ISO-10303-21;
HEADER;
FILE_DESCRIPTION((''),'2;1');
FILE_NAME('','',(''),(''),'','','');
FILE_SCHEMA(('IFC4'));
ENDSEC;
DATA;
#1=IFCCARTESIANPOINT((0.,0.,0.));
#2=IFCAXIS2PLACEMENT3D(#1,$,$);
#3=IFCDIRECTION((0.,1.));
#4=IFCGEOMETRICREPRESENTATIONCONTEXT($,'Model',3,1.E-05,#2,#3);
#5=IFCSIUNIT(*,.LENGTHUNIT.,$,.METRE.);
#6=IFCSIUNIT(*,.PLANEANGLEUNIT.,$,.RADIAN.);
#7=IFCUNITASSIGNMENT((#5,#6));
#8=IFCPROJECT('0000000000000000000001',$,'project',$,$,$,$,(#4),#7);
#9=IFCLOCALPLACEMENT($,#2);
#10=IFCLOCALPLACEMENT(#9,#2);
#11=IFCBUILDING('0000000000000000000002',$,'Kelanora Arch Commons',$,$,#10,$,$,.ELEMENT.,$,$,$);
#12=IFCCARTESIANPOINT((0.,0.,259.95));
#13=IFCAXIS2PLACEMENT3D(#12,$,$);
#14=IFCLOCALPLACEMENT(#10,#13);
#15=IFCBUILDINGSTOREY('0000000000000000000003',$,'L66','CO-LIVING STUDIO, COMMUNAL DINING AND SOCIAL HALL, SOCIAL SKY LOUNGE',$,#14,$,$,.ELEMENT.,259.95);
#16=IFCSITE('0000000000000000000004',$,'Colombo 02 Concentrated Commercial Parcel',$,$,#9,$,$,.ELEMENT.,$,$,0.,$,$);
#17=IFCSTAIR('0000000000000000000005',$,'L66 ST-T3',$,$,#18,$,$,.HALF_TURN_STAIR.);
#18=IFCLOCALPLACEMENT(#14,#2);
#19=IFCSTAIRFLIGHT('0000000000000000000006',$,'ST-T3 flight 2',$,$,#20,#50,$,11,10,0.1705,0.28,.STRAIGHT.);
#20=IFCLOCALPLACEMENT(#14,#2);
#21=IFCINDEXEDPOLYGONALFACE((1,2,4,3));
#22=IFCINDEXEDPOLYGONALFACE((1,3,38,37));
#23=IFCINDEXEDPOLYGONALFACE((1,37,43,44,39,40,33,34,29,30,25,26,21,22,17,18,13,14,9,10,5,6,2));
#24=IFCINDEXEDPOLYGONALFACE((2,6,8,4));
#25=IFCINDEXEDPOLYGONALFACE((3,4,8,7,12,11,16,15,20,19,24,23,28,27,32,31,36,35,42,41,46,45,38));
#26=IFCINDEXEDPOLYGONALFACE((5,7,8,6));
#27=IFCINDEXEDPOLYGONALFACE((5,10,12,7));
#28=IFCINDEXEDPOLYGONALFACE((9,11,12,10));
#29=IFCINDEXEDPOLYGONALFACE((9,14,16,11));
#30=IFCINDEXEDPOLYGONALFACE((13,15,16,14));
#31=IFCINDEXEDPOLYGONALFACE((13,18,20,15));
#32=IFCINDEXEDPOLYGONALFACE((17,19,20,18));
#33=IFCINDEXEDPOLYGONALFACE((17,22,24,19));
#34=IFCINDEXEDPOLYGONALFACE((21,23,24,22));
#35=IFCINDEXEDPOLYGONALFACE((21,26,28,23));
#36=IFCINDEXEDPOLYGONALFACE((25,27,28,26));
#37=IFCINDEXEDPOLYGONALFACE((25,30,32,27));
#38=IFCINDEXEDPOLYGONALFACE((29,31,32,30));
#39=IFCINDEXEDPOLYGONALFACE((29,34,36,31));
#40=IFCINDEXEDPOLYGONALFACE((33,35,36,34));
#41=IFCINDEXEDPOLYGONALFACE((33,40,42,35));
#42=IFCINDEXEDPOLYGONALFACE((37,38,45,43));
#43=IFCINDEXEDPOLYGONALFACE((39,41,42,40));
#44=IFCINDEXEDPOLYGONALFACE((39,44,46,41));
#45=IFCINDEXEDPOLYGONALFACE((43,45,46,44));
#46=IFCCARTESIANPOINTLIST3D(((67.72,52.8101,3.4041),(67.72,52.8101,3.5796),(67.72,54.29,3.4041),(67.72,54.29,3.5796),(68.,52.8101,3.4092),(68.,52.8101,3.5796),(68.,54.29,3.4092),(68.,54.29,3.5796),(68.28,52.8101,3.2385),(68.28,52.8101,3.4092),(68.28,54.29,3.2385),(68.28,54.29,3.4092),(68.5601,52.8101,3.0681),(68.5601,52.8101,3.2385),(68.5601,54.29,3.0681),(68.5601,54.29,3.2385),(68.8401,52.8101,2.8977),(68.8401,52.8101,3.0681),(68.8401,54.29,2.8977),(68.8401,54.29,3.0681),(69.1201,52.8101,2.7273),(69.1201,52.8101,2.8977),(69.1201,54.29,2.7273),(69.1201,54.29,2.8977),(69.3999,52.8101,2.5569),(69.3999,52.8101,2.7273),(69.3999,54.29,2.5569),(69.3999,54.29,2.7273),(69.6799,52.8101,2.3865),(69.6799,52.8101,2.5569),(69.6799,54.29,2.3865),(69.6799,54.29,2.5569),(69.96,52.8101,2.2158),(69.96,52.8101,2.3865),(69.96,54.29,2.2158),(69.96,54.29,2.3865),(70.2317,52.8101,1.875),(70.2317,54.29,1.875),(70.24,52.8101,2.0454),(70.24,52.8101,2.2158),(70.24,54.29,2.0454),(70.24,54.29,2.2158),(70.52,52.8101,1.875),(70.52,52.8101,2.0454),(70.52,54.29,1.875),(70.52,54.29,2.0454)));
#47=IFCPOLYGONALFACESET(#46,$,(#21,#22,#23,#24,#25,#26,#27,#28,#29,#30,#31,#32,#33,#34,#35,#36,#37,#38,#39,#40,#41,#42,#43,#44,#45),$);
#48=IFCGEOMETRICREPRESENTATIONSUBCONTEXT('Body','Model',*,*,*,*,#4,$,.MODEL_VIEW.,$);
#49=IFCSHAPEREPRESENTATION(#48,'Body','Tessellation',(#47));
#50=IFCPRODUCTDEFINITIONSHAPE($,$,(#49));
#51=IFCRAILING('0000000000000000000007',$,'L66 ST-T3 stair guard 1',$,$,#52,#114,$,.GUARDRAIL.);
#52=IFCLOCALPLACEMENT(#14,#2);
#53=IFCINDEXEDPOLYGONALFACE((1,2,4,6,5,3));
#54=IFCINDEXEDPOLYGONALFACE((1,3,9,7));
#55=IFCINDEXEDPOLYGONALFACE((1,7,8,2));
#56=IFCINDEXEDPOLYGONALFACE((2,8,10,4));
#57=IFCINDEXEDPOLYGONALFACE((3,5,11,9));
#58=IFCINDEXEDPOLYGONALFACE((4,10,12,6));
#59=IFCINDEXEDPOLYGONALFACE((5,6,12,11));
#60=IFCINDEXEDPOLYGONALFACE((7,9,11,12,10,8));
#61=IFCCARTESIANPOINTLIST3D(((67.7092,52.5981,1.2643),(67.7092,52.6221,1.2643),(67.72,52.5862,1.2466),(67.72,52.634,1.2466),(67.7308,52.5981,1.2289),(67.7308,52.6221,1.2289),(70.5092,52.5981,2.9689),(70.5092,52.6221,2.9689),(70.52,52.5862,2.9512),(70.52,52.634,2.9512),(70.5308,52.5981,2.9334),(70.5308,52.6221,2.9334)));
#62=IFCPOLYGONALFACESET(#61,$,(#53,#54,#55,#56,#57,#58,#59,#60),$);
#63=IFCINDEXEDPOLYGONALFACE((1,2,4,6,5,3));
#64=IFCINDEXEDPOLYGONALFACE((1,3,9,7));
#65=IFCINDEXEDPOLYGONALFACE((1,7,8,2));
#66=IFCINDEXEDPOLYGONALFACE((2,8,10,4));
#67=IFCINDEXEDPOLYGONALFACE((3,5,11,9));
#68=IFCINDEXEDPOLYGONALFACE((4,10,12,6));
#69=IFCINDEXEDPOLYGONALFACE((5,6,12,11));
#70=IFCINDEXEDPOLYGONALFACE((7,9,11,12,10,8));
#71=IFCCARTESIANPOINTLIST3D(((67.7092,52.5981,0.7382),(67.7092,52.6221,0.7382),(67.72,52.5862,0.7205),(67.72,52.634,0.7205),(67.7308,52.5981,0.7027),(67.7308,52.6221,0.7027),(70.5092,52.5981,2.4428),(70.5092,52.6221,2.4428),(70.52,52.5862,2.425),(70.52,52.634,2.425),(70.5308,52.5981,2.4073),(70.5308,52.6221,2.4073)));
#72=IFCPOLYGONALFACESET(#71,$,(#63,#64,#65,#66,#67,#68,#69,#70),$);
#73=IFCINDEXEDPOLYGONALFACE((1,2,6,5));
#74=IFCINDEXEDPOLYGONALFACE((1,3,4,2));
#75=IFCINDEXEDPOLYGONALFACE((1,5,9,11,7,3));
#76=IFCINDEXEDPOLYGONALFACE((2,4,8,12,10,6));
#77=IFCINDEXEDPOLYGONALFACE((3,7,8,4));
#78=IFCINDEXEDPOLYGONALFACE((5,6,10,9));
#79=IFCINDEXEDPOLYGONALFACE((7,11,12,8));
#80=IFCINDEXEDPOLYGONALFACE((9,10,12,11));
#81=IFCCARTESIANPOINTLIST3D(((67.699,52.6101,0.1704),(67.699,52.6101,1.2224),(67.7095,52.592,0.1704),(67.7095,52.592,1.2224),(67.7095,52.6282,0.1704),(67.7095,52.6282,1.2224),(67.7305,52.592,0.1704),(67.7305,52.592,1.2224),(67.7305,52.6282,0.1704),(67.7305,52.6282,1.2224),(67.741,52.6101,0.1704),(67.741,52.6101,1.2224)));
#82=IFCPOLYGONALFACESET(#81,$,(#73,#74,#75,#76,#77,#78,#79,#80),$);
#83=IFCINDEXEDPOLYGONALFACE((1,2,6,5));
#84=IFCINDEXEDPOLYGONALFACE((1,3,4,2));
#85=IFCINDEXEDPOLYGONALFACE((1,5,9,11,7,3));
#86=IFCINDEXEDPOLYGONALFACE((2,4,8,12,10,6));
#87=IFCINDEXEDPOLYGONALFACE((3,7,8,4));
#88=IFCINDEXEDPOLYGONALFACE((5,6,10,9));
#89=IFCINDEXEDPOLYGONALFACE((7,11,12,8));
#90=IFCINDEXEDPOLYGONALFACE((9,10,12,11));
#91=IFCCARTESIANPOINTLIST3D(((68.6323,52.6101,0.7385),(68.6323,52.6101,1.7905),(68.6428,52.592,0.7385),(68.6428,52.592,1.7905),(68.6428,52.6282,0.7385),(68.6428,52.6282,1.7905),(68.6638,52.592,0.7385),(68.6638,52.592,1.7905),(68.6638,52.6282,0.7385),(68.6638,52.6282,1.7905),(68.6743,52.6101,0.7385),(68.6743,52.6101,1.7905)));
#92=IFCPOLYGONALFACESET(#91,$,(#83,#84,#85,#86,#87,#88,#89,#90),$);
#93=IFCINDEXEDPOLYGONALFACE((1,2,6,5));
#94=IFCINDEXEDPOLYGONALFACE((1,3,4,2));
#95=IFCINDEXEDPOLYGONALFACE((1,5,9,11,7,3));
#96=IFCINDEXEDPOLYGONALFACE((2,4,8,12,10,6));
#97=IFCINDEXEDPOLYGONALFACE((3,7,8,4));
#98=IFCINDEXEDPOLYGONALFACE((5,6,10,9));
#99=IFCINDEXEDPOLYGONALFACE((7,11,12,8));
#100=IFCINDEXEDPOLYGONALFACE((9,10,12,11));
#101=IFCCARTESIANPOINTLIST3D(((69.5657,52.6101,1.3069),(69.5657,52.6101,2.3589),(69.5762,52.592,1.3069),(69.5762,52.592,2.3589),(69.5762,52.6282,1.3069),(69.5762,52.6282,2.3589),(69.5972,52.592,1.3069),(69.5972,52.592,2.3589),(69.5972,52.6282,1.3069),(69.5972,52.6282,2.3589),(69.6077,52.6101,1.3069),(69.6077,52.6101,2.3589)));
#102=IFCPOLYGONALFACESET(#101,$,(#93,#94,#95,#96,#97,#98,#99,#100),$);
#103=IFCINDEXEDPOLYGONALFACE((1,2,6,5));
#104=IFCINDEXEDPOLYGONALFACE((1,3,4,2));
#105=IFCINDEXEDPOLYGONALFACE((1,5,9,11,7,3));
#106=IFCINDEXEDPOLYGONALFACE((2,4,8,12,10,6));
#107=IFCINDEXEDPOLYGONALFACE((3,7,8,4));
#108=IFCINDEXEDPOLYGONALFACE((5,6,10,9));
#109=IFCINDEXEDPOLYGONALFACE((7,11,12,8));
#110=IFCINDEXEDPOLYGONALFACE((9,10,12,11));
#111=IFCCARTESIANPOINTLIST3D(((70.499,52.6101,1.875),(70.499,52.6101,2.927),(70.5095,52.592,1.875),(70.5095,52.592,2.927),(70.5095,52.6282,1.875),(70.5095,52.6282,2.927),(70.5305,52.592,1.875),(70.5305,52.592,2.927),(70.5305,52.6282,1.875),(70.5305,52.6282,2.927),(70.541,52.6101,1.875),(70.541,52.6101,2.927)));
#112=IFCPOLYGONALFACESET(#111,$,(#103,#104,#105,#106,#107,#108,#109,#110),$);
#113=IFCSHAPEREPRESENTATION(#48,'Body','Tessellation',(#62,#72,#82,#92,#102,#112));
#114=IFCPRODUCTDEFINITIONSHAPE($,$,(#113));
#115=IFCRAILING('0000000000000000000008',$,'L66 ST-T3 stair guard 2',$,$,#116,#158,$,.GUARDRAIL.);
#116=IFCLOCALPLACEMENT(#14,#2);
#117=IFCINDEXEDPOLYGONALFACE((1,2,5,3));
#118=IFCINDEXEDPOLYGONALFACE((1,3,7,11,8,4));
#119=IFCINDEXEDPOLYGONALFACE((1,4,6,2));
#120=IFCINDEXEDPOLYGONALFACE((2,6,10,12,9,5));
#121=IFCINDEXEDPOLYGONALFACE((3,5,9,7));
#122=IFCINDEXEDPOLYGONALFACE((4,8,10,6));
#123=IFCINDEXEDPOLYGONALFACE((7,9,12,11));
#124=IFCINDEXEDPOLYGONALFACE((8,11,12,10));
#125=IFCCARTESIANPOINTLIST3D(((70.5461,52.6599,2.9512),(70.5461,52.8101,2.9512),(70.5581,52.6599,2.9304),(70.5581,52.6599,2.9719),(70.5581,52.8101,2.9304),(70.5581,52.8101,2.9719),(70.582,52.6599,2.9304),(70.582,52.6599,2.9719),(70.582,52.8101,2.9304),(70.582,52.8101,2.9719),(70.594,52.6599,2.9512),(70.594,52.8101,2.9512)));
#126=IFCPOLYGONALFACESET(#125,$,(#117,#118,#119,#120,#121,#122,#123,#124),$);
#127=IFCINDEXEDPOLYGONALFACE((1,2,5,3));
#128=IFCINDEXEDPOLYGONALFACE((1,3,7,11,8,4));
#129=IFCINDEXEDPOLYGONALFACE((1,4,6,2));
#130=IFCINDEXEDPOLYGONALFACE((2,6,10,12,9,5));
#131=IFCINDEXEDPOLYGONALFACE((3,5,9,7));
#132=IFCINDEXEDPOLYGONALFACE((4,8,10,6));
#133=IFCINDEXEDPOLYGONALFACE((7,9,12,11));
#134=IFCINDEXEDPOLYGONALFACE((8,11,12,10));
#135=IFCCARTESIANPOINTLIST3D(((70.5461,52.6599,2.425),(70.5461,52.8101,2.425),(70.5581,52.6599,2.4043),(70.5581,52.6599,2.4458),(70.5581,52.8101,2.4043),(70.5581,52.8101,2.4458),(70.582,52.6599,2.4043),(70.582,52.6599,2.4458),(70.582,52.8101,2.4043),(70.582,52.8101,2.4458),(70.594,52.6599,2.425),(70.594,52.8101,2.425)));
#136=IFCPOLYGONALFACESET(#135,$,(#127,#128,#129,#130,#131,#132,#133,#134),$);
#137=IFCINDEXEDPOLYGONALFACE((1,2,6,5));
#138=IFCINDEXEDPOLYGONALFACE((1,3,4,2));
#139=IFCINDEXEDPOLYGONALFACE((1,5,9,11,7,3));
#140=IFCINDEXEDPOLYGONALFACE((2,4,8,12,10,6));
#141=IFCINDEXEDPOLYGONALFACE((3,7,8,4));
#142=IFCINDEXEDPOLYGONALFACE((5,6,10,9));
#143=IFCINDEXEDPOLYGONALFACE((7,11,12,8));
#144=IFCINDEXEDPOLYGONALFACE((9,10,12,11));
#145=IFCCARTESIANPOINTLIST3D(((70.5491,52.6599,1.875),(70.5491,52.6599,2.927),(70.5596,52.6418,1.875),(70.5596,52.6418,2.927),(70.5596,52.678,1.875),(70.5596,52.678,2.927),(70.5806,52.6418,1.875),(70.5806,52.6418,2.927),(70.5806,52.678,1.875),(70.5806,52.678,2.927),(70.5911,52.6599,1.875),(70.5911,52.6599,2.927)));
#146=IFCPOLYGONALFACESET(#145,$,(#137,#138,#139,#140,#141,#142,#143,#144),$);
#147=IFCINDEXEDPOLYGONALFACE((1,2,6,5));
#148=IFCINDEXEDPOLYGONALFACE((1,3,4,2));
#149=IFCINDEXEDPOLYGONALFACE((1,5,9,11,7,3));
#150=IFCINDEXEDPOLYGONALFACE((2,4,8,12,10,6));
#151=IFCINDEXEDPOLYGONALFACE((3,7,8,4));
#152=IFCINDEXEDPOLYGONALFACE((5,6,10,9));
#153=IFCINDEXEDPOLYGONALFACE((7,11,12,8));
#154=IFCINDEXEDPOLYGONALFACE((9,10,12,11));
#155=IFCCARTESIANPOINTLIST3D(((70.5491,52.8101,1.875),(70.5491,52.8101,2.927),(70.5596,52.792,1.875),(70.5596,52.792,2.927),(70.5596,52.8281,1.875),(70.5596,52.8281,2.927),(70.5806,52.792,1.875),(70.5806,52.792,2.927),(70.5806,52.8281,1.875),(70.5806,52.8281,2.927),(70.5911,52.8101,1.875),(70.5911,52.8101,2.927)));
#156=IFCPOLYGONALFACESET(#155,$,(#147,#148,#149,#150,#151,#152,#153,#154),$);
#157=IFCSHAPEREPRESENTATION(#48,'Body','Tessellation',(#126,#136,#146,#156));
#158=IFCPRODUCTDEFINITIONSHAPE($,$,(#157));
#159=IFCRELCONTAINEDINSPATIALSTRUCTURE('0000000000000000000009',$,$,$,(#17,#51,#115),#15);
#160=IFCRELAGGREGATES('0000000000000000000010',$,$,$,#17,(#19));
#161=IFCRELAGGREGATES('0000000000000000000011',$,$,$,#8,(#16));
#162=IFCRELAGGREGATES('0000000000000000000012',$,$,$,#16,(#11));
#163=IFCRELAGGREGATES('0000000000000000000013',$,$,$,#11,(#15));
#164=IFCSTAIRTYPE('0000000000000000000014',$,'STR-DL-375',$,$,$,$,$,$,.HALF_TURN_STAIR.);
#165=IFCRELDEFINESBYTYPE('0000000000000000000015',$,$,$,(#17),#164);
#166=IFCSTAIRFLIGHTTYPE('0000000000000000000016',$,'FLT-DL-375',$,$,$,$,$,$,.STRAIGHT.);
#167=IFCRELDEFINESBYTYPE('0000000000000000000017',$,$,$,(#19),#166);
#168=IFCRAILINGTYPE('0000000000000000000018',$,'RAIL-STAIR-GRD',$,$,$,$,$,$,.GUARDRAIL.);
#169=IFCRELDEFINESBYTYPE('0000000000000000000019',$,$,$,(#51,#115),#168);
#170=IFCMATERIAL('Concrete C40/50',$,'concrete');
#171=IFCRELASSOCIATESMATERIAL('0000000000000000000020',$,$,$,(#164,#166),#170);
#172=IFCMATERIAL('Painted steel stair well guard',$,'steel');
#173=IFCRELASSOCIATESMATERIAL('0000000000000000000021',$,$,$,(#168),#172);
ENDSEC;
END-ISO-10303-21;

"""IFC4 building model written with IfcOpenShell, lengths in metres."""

from ifc_helpers import new_model, si_unit, direction, frame, origin, place, context, subcontext, project, spatial, polyline, outline, extrude, material, type_object, element, aggregate, save


model = new_model("IFC4")

# Units and contexts
model_context = context("Model", 3, precision=1e-05, world=origin(), true_north=direction((0.0, 1.0)))
body_context = subcontext(model_context, "Body", "Model", "MODEL_VIEW")
ifc_project = project(units=[si_unit("LENGTHUNIT", "METRE"), si_unit("PLANEANGLEUNIT", "RADIAN")], contexts=[model_context])

# Site, building, storey
site_placement = place(None, origin())
site = spatial("IfcSite", under=ifc_project, at=site_placement, Name="Colombo 02 Concentrated Commercial Parcel", CompositionType="ELEMENT", RefElevation=0.0)
building_placement = place(site_placement, origin())
building = spatial("IfcBuilding", under=site, at=building_placement, Name="Kelanora Arch Commons", CompositionType="ELEMENT")
storey_placement = place(building_placement, frame((0.0, 0.0, 259.95)))
storey = spatial("IfcBuildingStorey", under=building, at=storey_placement, Name="L66", Description="CO-LIVING STUDIO, COMMUNAL DINING AND SOCIAL HALL, SOCIAL SKY LOUNGE", CompositionType="ELEMENT", Elevation=259.95)

# Shared definitions
ifc_material_1 = material(Name="Concrete C40/50", Category="concrete")

# Stair, stair flight
stair_type = type_object("IfcStairType", Name="STR-DL-375", PredefinedType="HALF_TURN_STAIR", material=ifc_material_1)
stair_placement = place(storey_placement, origin())
stair = element("IfcStair", 1, at=stair_placement, inside=storey, type_object=stair_type, Name="L66 ST-T3", PredefinedType="HALF_TURN_STAIR")
stair_flight_type = type_object("IfcStairFlightType", Name="FLT-DL-375", PredefinedType="STRAIGHT", material=ifc_material_1)
stair_flight_1_placement = place(storey_placement, frame((70.52, 53.55, 1.875), z_axis=(0.0, 0.0, 1.0), x_axis=(-1.0, 0.0, 0.0)))
stair_flight_1 = element("IfcStairFlight", 2, at=stair_flight_1_placement, type_object=stair_flight_type, Name="ST-T3 flight 2", NumberOfRisers=11, NumberOfTreads=10, PredefinedType="STRAIGHT", RiserHeight=0.1705, TreadLength=0.28, context=body_context, shape_type="SweptSolid", body=[
    extrude(outline(polyline([(0.0, 0.0), (0.0, 0.1704), (0.28, 0.1704), (0.28, 0.3408), (0.5601, 0.3408), (0.5601, 0.5115), (0.8401, 0.5115), (0.8401, 0.6819), (1.1201, 0.6819), (1.1201, 0.8523), (1.3999, 0.8523), (1.3999, 1.0227), (1.6799, 1.0227), (1.6799, 1.1931), (1.96, 1.1931), (1.96, 1.3635), (2.24, 1.3635), (2.24, 1.5342), (2.52, 1.5342), (2.52, 1.7046), (2.8, 1.7046), (2.8, 1.875), (2.8, 1.5291), (0.2883, 0.0), (0.0, 0.0)])), frame((0.0, 0.74, 0.0), z_axis=(0.0, -1.0, 0.0), x_axis=(1.0, 0.0, 0.0)), (0.0, 0.0, 1.0), 1.48),
])
aggregate(stair, [stair_flight_1])

# Railings
ifc_material_2 = material(Name="Painted steel stair well guard", Category="steel")
railing_type_1 = type_object("IfcRailingType", Name="RAIL-STAIR-GRD", PredefinedType="GUARDRAIL", material=ifc_material_2)
railing_1_placement = place(storey_placement, frame((67.72, 52.6101, 0.1704)))
element("IfcRailing", 3, at=railing_1_placement, inside=storey, type_object=railing_type_1, Name="L66 ST-T3 stair guard 1", PredefinedType="GUARDRAIL", context=body_context, shape_type="SweptSolid", body=[
    extrude(outline(polyline([(0.0239, 0.0), (0.012, 0.0208), (-0.012, 0.0208), (-0.0239, 0.0), (-0.012, -0.0208), (0.012, -0.0208), (0.0239, 0.0)])), frame((0.0, 0.0, 1.0762), z_axis=(0.85417, 0.0, 0.519994), x_axis=(0.0, 1.0, 0.0)), (0.0, 0.0, 1.0), 3.2781),
    extrude(outline(polyline([(0.0239, 0.0), (0.012, 0.0208), (-0.012, 0.0208), (-0.0239, 0.0), (-0.012, -0.0208), (0.012, -0.0208), (0.0239, 0.0)])), frame((0.0, 0.0, 0.55), z_axis=(0.85417, 0.0, 0.519994), x_axis=(0.0, 1.0, 0.0)), (0.0, 0.0, 1.0), 3.2781),
    extrude(outline(polyline([(0.021, 0.0), (0.0105, 0.0181), (-0.0105, 0.0181), (-0.021, 0.0), (-0.0105, -0.0181), (0.0105, -0.0181), (0.021, 0.0)])), origin(), (0.0, 0.0, 1.0), 1.052),
    extrude(outline(polyline([(0.021, 0.0), (0.0105, 0.0181), (-0.0105, 0.0181), (-0.021, 0.0), (-0.0105, -0.0181), (0.0105, -0.0181), (0.021, 0.0)])), frame((0.9333, 0.0, 0.5681)), (0.0, 0.0, 1.0), 1.052),
    extrude(outline(polyline([(0.021, 0.0), (0.0105, 0.0181), (-0.0105, 0.0181), (-0.021, 0.0), (-0.0105, -0.0181), (0.0105, -0.0181), (0.021, 0.0)])), frame((1.8667, 0.0, 1.1365)), (0.0, 0.0, 1.0), 1.052),
    extrude(outline(polyline([(0.021, 0.0), (0.0105, 0.0181), (-0.0105, 0.0181), (-0.021, 0.0), (-0.0105, -0.0181), (0.0105, -0.0181), (0.021, 0.0)])), frame((2.8, 0.0, 1.7046)), (0.0, 0.0, 1.0), 1.052),
])
railing_2_placement = place(storey_placement, frame((70.5701, 52.6599, 1.875)))
element("IfcRailing", 4, at=railing_2_placement, inside=storey, type_object=railing_type_1, Name="L66 ST-T3 stair guard 2", PredefinedType="GUARDRAIL", context=body_context, shape_type="SweptSolid", body=[
    extrude(outline(polyline([(0.0239, 0.0), (0.012, 0.0208), (-0.012, 0.0208), (-0.0239, 0.0), (-0.012, -0.0208), (0.012, -0.0208), (0.0239, 0.0)])), frame((0.0, 0.0, 1.0762), z_axis=(0.0, 1.0, 0.0), x_axis=(-1.0, 0.0, 0.0)), (0.0, 0.0, 1.0), 0.1501),
    extrude(outline(polyline([(0.0239, 0.0), (0.012, 0.0208), (-0.012, 0.0208), (-0.0239, 0.0), (-0.012, -0.0208), (0.012, -0.0208), (0.0239, 0.0)])), frame((0.0, 0.0, 0.55), z_axis=(0.0, 1.0, 0.0), x_axis=(-1.0, 0.0, 0.0)), (0.0, 0.0, 1.0), 0.1501),
    extrude(outline(polyline([(0.021, 0.0), (0.0105, 0.0181), (-0.0105, 0.0181), (-0.021, 0.0), (-0.0105, -0.0181), (0.0105, -0.0181), (0.021, 0.0)])), origin(), (0.0, 0.0, 1.0), 1.052),
    extrude(outline(polyline([(0.021, 0.0), (0.0105, 0.0181), (-0.0105, 0.0181), (-0.021, 0.0), (-0.0105, -0.0181), (0.0105, -0.0181), (0.021, 0.0)])), frame((0.0, 0.1501, 0.0)), (0.0, 0.0, 1.0), 1.052),
])

save(model, "model.ifc")
